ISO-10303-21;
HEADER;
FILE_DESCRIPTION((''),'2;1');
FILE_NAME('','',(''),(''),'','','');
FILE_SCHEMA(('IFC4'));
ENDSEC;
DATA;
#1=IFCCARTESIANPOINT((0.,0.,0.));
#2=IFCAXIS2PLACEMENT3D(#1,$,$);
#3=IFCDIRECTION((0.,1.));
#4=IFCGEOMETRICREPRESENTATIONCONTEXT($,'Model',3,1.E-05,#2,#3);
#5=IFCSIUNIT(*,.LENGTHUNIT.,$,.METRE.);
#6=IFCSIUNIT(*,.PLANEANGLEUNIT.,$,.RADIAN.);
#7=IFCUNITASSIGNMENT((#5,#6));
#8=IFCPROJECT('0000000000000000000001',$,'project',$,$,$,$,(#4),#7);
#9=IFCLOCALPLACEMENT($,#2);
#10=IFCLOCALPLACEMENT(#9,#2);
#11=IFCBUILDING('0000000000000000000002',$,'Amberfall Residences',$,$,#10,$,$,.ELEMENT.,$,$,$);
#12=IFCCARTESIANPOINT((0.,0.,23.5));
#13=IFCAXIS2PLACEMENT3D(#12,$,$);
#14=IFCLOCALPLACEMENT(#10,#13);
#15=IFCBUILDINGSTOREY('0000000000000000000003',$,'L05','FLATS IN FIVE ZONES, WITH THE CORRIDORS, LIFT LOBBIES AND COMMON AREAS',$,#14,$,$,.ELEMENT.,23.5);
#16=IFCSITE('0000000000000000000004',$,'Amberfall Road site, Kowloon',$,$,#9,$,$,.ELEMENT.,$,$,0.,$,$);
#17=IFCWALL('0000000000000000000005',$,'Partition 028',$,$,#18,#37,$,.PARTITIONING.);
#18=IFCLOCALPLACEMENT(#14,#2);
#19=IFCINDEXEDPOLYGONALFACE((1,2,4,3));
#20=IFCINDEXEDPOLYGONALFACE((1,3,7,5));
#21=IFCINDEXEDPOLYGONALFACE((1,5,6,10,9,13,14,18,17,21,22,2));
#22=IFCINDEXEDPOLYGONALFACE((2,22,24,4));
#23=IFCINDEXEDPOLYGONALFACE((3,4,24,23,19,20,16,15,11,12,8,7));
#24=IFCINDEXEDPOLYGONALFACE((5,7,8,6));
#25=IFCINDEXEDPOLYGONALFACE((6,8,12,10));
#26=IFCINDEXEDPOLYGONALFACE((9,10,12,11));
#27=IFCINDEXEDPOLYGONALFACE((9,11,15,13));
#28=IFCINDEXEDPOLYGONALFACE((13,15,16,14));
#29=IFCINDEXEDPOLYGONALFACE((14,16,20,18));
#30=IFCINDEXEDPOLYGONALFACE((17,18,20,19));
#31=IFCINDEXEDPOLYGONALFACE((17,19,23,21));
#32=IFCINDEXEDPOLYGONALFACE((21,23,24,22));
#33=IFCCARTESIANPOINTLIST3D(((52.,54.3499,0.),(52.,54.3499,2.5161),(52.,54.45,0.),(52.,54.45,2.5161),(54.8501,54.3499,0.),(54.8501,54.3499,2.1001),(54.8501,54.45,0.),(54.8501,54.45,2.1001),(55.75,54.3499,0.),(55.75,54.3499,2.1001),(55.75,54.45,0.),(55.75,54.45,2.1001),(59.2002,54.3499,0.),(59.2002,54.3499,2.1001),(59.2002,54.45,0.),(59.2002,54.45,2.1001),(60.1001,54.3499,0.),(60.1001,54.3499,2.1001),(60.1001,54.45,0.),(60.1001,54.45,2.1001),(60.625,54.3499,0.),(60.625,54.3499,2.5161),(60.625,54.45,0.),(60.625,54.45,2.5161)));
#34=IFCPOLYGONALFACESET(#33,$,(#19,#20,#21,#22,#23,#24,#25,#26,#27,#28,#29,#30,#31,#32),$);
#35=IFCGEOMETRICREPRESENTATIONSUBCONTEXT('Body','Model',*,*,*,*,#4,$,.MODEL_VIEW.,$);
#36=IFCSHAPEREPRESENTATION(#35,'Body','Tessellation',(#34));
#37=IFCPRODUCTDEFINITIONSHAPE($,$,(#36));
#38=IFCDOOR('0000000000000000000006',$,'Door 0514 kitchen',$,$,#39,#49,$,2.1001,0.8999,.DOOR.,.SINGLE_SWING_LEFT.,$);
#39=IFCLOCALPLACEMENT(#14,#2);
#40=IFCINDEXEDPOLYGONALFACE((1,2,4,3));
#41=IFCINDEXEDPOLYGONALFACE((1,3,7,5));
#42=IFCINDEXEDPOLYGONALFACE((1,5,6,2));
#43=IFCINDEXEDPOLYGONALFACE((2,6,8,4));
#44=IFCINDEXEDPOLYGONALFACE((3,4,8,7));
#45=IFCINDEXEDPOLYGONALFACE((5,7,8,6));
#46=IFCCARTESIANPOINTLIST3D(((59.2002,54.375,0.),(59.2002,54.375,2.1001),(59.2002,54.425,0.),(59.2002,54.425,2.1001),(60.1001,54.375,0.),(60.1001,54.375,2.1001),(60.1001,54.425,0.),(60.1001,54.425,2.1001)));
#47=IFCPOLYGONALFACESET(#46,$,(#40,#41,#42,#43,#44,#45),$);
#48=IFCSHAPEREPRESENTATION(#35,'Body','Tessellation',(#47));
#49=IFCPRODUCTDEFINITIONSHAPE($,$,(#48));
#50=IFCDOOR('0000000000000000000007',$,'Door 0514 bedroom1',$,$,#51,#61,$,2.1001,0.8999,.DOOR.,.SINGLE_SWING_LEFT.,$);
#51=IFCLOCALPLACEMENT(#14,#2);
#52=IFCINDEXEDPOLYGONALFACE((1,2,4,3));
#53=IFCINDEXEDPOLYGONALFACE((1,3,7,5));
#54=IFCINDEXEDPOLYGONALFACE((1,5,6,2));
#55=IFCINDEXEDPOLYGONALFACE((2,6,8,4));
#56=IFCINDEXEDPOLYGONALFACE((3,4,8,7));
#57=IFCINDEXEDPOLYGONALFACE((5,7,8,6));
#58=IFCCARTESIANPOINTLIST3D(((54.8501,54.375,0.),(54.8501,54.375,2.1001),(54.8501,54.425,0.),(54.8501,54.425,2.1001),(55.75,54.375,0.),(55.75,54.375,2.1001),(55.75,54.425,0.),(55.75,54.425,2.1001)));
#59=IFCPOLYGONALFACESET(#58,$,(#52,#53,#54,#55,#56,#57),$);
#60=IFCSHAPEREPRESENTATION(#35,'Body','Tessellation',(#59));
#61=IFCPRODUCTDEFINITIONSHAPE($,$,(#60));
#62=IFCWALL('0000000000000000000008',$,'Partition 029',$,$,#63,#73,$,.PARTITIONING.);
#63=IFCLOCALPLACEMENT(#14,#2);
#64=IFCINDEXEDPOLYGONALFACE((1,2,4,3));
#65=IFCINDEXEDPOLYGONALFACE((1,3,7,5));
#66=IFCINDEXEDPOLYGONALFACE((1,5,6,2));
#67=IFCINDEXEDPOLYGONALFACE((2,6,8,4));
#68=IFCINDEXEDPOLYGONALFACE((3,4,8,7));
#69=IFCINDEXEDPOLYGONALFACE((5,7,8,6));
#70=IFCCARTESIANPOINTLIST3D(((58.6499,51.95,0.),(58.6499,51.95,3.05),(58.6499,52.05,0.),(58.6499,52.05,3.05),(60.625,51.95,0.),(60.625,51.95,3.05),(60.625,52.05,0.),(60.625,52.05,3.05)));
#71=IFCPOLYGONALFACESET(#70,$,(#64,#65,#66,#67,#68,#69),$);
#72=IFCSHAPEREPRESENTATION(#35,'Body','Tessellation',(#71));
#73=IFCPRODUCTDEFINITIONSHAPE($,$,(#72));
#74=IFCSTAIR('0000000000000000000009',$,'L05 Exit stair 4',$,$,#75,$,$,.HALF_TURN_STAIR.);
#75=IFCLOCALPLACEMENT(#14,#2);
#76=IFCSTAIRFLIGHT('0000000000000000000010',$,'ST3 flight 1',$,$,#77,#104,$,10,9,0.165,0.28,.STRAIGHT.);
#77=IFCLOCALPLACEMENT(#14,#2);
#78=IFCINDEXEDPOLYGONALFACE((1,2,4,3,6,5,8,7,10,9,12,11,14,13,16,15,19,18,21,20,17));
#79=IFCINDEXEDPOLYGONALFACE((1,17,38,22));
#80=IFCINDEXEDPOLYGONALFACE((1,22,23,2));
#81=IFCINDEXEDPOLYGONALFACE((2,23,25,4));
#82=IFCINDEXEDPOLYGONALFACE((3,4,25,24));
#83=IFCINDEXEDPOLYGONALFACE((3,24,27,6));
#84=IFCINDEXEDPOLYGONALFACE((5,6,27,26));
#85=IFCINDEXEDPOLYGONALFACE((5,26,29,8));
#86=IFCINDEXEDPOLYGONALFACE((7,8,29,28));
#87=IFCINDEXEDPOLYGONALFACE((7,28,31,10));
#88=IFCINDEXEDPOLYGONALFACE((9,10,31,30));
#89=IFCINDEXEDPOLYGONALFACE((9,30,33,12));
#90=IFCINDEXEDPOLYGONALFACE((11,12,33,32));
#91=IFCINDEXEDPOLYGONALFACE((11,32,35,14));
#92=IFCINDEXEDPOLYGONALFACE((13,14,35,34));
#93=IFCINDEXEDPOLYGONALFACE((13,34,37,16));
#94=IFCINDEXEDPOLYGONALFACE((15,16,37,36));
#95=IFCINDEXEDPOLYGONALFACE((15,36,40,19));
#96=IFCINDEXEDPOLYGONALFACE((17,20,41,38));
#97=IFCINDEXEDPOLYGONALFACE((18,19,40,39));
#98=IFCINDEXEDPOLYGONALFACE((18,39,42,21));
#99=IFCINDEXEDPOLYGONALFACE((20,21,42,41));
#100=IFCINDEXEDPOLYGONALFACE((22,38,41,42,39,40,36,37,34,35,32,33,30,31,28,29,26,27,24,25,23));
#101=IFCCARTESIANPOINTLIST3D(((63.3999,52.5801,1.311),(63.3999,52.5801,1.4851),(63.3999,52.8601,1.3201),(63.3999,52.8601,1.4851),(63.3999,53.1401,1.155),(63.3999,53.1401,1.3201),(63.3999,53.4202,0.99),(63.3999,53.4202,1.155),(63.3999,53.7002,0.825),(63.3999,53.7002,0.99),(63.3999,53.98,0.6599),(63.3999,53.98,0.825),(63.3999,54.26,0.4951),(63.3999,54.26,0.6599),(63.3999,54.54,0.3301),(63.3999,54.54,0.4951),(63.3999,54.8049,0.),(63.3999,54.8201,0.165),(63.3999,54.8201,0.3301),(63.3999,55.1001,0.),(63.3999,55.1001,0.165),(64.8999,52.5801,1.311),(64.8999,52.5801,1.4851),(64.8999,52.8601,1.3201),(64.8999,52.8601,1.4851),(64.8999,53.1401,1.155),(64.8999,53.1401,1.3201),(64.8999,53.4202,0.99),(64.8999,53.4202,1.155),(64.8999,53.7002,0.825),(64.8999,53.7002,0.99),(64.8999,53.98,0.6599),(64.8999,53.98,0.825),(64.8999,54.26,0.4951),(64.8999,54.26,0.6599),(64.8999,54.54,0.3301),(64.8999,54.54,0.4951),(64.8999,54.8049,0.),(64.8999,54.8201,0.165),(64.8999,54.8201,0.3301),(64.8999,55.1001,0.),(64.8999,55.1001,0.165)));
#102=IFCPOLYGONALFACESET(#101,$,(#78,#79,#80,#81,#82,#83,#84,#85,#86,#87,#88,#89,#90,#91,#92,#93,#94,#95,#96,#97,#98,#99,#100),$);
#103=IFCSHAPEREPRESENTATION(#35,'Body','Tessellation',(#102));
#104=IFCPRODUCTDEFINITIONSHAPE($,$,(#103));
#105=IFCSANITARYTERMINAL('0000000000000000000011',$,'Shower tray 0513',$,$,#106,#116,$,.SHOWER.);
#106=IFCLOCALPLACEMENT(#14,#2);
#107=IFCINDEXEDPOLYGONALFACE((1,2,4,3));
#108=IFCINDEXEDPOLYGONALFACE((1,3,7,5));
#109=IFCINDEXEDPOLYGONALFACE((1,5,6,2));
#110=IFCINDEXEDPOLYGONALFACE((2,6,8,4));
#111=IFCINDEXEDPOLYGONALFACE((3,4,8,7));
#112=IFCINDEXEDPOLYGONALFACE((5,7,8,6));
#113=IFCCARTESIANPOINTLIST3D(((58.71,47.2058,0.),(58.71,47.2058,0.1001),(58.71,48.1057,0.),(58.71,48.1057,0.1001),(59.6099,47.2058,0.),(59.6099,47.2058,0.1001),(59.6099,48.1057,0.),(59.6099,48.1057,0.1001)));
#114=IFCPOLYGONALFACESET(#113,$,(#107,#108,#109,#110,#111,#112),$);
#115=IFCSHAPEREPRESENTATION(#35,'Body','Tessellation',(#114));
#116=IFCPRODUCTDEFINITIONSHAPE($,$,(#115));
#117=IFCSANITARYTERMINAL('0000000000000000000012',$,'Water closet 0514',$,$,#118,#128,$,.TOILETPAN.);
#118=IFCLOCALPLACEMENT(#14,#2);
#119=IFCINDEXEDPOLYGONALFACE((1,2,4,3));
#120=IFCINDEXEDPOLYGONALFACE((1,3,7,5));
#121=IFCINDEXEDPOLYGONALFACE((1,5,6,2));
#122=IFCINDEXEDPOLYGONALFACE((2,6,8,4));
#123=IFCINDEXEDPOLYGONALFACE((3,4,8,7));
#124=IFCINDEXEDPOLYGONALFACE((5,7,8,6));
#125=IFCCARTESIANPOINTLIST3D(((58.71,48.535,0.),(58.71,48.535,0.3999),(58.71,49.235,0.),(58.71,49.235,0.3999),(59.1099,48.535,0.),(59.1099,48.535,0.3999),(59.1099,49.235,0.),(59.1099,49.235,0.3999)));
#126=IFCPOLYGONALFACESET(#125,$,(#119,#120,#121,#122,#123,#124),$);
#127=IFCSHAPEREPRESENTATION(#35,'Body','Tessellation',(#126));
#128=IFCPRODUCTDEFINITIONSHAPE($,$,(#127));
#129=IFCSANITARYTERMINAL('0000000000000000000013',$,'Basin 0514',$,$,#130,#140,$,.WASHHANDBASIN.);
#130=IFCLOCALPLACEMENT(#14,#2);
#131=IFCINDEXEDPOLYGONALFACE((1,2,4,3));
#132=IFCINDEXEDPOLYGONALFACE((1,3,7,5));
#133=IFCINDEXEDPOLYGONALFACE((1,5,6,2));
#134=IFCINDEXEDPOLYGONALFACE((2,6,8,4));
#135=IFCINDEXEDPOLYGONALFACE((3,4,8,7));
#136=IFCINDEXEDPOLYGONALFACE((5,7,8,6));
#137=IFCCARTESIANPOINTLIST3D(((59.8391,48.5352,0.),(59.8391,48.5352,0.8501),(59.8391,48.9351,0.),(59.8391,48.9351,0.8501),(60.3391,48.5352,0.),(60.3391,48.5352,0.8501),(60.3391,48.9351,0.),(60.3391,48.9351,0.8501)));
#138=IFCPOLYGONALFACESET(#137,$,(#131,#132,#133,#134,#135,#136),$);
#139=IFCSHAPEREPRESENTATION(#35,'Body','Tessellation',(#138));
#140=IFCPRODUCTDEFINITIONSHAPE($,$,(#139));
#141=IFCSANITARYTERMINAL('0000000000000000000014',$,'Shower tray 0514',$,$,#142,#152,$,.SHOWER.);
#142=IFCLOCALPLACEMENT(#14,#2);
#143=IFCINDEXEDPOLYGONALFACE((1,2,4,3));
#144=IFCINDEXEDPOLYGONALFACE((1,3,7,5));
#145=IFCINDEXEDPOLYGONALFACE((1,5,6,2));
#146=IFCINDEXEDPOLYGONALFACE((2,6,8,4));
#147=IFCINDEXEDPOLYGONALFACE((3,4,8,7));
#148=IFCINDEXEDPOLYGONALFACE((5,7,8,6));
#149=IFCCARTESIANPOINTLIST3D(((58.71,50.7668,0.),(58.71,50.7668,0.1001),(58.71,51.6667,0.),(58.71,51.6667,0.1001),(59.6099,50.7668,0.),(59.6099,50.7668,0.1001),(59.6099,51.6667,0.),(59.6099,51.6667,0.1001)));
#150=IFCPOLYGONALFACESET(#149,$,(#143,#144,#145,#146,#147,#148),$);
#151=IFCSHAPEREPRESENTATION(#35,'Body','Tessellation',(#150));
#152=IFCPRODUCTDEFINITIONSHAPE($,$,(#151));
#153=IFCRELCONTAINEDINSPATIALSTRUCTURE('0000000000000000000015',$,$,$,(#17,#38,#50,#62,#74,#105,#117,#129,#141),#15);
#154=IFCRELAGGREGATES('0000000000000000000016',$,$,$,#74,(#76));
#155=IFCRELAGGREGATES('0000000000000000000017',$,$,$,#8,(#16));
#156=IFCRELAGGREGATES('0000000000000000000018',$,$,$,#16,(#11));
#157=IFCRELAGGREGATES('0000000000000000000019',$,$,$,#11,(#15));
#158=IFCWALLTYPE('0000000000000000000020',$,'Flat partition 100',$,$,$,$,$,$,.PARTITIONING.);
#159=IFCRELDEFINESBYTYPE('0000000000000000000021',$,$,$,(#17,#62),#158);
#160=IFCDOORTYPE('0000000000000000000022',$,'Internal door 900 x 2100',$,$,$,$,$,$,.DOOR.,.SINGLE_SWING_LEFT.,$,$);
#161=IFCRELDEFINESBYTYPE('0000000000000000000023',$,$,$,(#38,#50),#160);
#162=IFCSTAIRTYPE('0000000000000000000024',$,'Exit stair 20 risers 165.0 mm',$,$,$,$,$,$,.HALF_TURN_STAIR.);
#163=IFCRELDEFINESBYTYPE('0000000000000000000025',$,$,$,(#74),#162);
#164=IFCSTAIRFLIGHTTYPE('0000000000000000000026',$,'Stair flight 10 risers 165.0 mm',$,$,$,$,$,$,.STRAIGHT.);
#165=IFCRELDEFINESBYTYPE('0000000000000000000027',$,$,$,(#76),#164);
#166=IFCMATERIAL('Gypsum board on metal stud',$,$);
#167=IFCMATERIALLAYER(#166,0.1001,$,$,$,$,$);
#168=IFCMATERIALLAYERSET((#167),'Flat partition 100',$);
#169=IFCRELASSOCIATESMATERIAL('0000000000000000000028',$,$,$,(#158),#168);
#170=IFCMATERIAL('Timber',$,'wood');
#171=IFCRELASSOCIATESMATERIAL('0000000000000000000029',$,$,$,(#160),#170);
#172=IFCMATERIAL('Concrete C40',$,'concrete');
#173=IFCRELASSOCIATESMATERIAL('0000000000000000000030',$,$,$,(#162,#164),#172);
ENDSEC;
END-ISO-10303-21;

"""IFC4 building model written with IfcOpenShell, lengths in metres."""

from ifc_helpers import new_model, si_unit, direction, frame, frame_2d, origin, origin_2d, place, context, subcontext, project, spatial, polyline, rectangle, outline, extrude, material, layer, layer_set, type_object, element, fill, aggregate, save


model = new_model("IFC4")

# Units and contexts
model_context = context("Model", 3, precision=1e-05, world=origin(), true_north=direction((0.0, 1.0)))
body_context = subcontext(model_context, "Body", "Model", "MODEL_VIEW")
ifc_project = project(units=[si_unit("LENGTHUNIT", "METRE"), si_unit("PLANEANGLEUNIT", "RADIAN")], contexts=[model_context])

# Site, building, storey
site_placement = place(None, origin())
site = spatial("IfcSite", under=ifc_project, at=site_placement, Name="Amberfall Road site, Kowloon", CompositionType="ELEMENT", RefElevation=0.0)
building_placement = place(site_placement, origin())
building = spatial("IfcBuilding", under=site, at=building_placement, Name="Amberfall Residences", CompositionType="ELEMENT")
storey_placement = place(building_placement, frame((0.0, 0.0, 23.5)))
storey = spatial("IfcBuildingStorey", under=building, at=storey_placement, Name="L05", Description="FLATS IN FIVE ZONES, WITH THE CORRIDORS, LIFT LOBBIES AND COMMON AREAS", CompositionType="ELEMENT", Elevation=23.5)

# Shared definitions
ifc_material_1 = material(Name="Gypsum board on metal stud")
ifc_layer_1 = layer(ifc_material_1, 0.1001)
ifc_layer_set_1 = layer_set([ifc_layer_1], Name="Flat partition 100")
wall_type_1 = type_object("IfcWallType", Name="Flat partition 100", PredefinedType="PARTITIONING", material=ifc_layer_set_1)
ifc_material_2 = material(Name="Timber", Category="wood")

# Wall, openings, doors
wall_1_placement = place(storey_placement, frame((60.625, 54.3999, 0.0), z_axis=(0.0, 0.0, 1.0), x_axis=(-1.0, 0.0, 0.0)))
wall_1 = element("IfcWall", 1, at=wall_1_placement, inside=storey, type_object=wall_type_1, Name="Partition 028", PredefinedType="PARTITIONING", context=body_context, shape_type="SweptSolid", body=[
    extrude(rectangle(XDim=8.625, YDim=0.1001, at=frame_2d((4.3125, 0.0))), origin(), (0.0, 0.0, 1.0), 2.5161),
])
opening_1_placement = place(wall_1_placement, frame((0.5249, 0.0, 0.0)))
opening_1 = element("IfcOpeningElement", 2, at=opening_1_placement, cuts=wall_1, PredefinedType="OPENING", context=body_context, shape_type="SweptSolid", body=[
    extrude(rectangle(XDim=0.8999, YDim=2.1001, at=frame_2d((0.45, 1.05))), frame((0.0, 0.0601, 0.0), z_axis=(0.0, -1.0, 0.0), x_axis=(1.0, 0.0, 0.0)), (0.0, 0.0, 1.0), 0.1201),
])
opening_2_placement = place(wall_1_placement, frame((4.875, 0.0, 0.0)))
opening_2 = element("IfcOpeningElement", 3, at=opening_2_placement, cuts=wall_1, PredefinedType="OPENING", context=body_context, shape_type="SweptSolid", body=[
    extrude(rectangle(XDim=0.8999, YDim=2.1001, at=frame_2d((0.45, 1.05))), frame((0.0, 0.0601, 0.0), z_axis=(0.0, -1.0, 0.0), x_axis=(1.0, 0.0, 0.0)), (0.0, 0.0, 1.0), 0.1201),
])
door_type_1 = type_object("IfcDoorType", Name="Internal door 900 x 2100", OperationType="SINGLE_SWING_LEFT", PredefinedType="DOOR", material=ifc_material_2)
door_1_placement = place(opening_1_placement, origin())
door_1 = element("IfcDoor", 4, at=door_1_placement, inside=storey, type_object=door_type_1, Name="Door 0514 kitchen", OperationType="SINGLE_SWING_LEFT", OverallHeight=2.1001, OverallWidth=0.8999, PredefinedType="DOOR", context=body_context, shape_type="SweptSolid", body=[
    extrude(rectangle(XDim=0.8999, YDim=2.1001, at=frame_2d((0.45, 1.05))), frame((0.0, 0.0249, 0.0), z_axis=(0.0, -1.0, 0.0), x_axis=(1.0, 0.0, 0.0)), (0.0, 0.0, 1.0), 0.05),
])
fill(opening_1, door_1)
door_2_placement = place(opening_2_placement, origin())
door_2 = element("IfcDoor", 5, at=door_2_placement, inside=storey, type_object=door_type_1, Name="Door 0514 bedroom1", OperationType="SINGLE_SWING_LEFT", OverallHeight=2.1001, OverallWidth=0.8999, PredefinedType="DOOR", context=body_context, shape_type="SweptSolid", body=[
    extrude(rectangle(XDim=0.8999, YDim=2.1001, at=frame_2d((0.45, 1.05))), frame((0.0, 0.0249, 0.0), z_axis=(0.0, -1.0, 0.0), x_axis=(1.0, 0.0, 0.0)), (0.0, 0.0, 1.0), 0.05),
])
fill(opening_2, door_2)

# Wall
wall_2_placement = place(storey_placement, frame((58.6499, 52.0, 0.0), z_axis=(0.0, 0.0, 1.0), x_axis=(1.0, 0.0, 0.0)))
element("IfcWall", 6, at=wall_2_placement, inside=storey, type_object=wall_type_1, Name="Partition 029", PredefinedType="PARTITIONING", context=body_context, shape_type="SweptSolid", body=[
    extrude(rectangle(XDim=1.9751, YDim=0.1001, at=frame_2d((0.9875, 0.0))), origin(), (0.0, 0.0, 1.0), 3.05),
])

# Stair, stair flight
ifc_material_3 = material(Name="Concrete C40", Category="concrete")
stair_type = type_object("IfcStairType", Name="Exit stair 20 risers 165.0 mm", PredefinedType="HALF_TURN_STAIR", material=ifc_material_3)
stair_placement = place(storey_placement, origin())
stair = element("IfcStair", 7, at=stair_placement, inside=storey, type_object=stair_type, Name="L05 Exit stair 4", PredefinedType="HALF_TURN_STAIR")
stair_flight_type = type_object("IfcStairFlightType", Name="Stair flight 10 risers 165.0 mm", PredefinedType="STRAIGHT", material=ifc_material_3)
stair_flight_placement = place(storey_placement, frame((64.1499, 55.1001, 0.0), z_axis=(0.0, 0.0, 1.0), x_axis=(0.0, -1.0, 0.0)))
stair_flight = element("IfcStairFlight", 8, at=stair_flight_placement, type_object=stair_flight_type, Name="ST3 flight 1", NumberOfRisers=10, NumberOfTreads=9, PredefinedType="STRAIGHT", RiserHeight=0.165, TreadLength=0.28, context=body_context, shape_type="SweptSolid", body=[
    extrude(outline(polyline([(0.0, 0.0), (0.0, 0.165), (0.28, 0.165), (0.28, 0.3301), (0.5601, 0.3301), (0.5601, 0.4951), (0.8401, 0.4951), (0.8401, 0.6599), (1.1201, 0.6599), (1.1201, 0.825), (1.3999, 0.825), (1.3999, 0.99), (1.6799, 0.99), (1.6799, 1.155), (1.96, 1.155), (1.96, 1.3201), (2.24, 1.3201), (2.24, 1.4851), (2.52, 1.4851), (2.52, 1.6499), (2.52, 1.311), (0.2952, 0.0), (0.0, 0.0)])), frame((0.0, 0.75, 0.0), z_axis=(0.0, -1.0, 0.0), x_axis=(1.0, 0.0, 0.0)), (0.0, 0.0, 1.0), 1.5),
])
aggregate(stair, [stair_flight])

# Sanitary terminals
sanitary_terminal_1_placement = place(storey_placement, frame((59.1599, 47.6558, 0.0), z_axis=(0.0, 0.0, 1.0), x_axis=(1.0, 0.0, 0.0)))
element("IfcSanitaryTerminal", 9, at=sanitary_terminal_1_placement, inside=storey, Name="Shower tray 0513", PredefinedType="SHOWER", context=body_context, shape_type="SweptSolid", body=[
    extrude(rectangle(XDim=0.8999, YDim=0.8999, at=origin_2d()), origin(), (0.0, 0.0, 1.0), 0.1001),
])
sanitary_terminal_2_placement = place(storey_placement, frame((58.9099, 48.885, 0.0), z_axis=(0.0, 0.0, 1.0), x_axis=(1.0, 0.0, 0.0)))
element("IfcSanitaryTerminal", 10, at=sanitary_terminal_2_placement, inside=storey, Name="Water closet 0514", PredefinedType="TOILETPAN", context=body_context, shape_type="SweptSolid", body=[
    extrude(rectangle(XDim=0.3999, YDim=0.7, at=origin_2d()), origin(), (0.0, 0.0, 1.0), 0.3999),
])
sanitary_terminal_3_placement = place(storey_placement, frame((60.0891, 48.7351, 0.0), z_axis=(0.0, 0.0, 1.0), x_axis=(1.0, 0.0, 0.0)))
element("IfcSanitaryTerminal", 11, at=sanitary_terminal_3_placement, inside=storey, Name="Basin 0514", PredefinedType="WASHHANDBASIN", context=body_context, shape_type="SweptSolid", body=[
    extrude(rectangle(XDim=0.5, YDim=0.3999, at=origin_2d()), origin(), (0.0, 0.0, 1.0), 0.8501),
])
sanitary_terminal_4_placement = place(storey_placement, frame((59.1599, 51.2168, 0.0), z_axis=(0.0, 0.0, 1.0), x_axis=(1.0, 0.0, 0.0)))
element("IfcSanitaryTerminal", 12, at=sanitary_terminal_4_placement, inside=storey, Name="Shower tray 0514", PredefinedType="SHOWER", context=body_context, shape_type="SweptSolid", body=[
    extrude(rectangle(XDim=0.8999, YDim=0.8999, at=origin_2d()), origin(), (0.0, 0.0, 1.0), 0.1001),
])

save(model, "model.ifc")
